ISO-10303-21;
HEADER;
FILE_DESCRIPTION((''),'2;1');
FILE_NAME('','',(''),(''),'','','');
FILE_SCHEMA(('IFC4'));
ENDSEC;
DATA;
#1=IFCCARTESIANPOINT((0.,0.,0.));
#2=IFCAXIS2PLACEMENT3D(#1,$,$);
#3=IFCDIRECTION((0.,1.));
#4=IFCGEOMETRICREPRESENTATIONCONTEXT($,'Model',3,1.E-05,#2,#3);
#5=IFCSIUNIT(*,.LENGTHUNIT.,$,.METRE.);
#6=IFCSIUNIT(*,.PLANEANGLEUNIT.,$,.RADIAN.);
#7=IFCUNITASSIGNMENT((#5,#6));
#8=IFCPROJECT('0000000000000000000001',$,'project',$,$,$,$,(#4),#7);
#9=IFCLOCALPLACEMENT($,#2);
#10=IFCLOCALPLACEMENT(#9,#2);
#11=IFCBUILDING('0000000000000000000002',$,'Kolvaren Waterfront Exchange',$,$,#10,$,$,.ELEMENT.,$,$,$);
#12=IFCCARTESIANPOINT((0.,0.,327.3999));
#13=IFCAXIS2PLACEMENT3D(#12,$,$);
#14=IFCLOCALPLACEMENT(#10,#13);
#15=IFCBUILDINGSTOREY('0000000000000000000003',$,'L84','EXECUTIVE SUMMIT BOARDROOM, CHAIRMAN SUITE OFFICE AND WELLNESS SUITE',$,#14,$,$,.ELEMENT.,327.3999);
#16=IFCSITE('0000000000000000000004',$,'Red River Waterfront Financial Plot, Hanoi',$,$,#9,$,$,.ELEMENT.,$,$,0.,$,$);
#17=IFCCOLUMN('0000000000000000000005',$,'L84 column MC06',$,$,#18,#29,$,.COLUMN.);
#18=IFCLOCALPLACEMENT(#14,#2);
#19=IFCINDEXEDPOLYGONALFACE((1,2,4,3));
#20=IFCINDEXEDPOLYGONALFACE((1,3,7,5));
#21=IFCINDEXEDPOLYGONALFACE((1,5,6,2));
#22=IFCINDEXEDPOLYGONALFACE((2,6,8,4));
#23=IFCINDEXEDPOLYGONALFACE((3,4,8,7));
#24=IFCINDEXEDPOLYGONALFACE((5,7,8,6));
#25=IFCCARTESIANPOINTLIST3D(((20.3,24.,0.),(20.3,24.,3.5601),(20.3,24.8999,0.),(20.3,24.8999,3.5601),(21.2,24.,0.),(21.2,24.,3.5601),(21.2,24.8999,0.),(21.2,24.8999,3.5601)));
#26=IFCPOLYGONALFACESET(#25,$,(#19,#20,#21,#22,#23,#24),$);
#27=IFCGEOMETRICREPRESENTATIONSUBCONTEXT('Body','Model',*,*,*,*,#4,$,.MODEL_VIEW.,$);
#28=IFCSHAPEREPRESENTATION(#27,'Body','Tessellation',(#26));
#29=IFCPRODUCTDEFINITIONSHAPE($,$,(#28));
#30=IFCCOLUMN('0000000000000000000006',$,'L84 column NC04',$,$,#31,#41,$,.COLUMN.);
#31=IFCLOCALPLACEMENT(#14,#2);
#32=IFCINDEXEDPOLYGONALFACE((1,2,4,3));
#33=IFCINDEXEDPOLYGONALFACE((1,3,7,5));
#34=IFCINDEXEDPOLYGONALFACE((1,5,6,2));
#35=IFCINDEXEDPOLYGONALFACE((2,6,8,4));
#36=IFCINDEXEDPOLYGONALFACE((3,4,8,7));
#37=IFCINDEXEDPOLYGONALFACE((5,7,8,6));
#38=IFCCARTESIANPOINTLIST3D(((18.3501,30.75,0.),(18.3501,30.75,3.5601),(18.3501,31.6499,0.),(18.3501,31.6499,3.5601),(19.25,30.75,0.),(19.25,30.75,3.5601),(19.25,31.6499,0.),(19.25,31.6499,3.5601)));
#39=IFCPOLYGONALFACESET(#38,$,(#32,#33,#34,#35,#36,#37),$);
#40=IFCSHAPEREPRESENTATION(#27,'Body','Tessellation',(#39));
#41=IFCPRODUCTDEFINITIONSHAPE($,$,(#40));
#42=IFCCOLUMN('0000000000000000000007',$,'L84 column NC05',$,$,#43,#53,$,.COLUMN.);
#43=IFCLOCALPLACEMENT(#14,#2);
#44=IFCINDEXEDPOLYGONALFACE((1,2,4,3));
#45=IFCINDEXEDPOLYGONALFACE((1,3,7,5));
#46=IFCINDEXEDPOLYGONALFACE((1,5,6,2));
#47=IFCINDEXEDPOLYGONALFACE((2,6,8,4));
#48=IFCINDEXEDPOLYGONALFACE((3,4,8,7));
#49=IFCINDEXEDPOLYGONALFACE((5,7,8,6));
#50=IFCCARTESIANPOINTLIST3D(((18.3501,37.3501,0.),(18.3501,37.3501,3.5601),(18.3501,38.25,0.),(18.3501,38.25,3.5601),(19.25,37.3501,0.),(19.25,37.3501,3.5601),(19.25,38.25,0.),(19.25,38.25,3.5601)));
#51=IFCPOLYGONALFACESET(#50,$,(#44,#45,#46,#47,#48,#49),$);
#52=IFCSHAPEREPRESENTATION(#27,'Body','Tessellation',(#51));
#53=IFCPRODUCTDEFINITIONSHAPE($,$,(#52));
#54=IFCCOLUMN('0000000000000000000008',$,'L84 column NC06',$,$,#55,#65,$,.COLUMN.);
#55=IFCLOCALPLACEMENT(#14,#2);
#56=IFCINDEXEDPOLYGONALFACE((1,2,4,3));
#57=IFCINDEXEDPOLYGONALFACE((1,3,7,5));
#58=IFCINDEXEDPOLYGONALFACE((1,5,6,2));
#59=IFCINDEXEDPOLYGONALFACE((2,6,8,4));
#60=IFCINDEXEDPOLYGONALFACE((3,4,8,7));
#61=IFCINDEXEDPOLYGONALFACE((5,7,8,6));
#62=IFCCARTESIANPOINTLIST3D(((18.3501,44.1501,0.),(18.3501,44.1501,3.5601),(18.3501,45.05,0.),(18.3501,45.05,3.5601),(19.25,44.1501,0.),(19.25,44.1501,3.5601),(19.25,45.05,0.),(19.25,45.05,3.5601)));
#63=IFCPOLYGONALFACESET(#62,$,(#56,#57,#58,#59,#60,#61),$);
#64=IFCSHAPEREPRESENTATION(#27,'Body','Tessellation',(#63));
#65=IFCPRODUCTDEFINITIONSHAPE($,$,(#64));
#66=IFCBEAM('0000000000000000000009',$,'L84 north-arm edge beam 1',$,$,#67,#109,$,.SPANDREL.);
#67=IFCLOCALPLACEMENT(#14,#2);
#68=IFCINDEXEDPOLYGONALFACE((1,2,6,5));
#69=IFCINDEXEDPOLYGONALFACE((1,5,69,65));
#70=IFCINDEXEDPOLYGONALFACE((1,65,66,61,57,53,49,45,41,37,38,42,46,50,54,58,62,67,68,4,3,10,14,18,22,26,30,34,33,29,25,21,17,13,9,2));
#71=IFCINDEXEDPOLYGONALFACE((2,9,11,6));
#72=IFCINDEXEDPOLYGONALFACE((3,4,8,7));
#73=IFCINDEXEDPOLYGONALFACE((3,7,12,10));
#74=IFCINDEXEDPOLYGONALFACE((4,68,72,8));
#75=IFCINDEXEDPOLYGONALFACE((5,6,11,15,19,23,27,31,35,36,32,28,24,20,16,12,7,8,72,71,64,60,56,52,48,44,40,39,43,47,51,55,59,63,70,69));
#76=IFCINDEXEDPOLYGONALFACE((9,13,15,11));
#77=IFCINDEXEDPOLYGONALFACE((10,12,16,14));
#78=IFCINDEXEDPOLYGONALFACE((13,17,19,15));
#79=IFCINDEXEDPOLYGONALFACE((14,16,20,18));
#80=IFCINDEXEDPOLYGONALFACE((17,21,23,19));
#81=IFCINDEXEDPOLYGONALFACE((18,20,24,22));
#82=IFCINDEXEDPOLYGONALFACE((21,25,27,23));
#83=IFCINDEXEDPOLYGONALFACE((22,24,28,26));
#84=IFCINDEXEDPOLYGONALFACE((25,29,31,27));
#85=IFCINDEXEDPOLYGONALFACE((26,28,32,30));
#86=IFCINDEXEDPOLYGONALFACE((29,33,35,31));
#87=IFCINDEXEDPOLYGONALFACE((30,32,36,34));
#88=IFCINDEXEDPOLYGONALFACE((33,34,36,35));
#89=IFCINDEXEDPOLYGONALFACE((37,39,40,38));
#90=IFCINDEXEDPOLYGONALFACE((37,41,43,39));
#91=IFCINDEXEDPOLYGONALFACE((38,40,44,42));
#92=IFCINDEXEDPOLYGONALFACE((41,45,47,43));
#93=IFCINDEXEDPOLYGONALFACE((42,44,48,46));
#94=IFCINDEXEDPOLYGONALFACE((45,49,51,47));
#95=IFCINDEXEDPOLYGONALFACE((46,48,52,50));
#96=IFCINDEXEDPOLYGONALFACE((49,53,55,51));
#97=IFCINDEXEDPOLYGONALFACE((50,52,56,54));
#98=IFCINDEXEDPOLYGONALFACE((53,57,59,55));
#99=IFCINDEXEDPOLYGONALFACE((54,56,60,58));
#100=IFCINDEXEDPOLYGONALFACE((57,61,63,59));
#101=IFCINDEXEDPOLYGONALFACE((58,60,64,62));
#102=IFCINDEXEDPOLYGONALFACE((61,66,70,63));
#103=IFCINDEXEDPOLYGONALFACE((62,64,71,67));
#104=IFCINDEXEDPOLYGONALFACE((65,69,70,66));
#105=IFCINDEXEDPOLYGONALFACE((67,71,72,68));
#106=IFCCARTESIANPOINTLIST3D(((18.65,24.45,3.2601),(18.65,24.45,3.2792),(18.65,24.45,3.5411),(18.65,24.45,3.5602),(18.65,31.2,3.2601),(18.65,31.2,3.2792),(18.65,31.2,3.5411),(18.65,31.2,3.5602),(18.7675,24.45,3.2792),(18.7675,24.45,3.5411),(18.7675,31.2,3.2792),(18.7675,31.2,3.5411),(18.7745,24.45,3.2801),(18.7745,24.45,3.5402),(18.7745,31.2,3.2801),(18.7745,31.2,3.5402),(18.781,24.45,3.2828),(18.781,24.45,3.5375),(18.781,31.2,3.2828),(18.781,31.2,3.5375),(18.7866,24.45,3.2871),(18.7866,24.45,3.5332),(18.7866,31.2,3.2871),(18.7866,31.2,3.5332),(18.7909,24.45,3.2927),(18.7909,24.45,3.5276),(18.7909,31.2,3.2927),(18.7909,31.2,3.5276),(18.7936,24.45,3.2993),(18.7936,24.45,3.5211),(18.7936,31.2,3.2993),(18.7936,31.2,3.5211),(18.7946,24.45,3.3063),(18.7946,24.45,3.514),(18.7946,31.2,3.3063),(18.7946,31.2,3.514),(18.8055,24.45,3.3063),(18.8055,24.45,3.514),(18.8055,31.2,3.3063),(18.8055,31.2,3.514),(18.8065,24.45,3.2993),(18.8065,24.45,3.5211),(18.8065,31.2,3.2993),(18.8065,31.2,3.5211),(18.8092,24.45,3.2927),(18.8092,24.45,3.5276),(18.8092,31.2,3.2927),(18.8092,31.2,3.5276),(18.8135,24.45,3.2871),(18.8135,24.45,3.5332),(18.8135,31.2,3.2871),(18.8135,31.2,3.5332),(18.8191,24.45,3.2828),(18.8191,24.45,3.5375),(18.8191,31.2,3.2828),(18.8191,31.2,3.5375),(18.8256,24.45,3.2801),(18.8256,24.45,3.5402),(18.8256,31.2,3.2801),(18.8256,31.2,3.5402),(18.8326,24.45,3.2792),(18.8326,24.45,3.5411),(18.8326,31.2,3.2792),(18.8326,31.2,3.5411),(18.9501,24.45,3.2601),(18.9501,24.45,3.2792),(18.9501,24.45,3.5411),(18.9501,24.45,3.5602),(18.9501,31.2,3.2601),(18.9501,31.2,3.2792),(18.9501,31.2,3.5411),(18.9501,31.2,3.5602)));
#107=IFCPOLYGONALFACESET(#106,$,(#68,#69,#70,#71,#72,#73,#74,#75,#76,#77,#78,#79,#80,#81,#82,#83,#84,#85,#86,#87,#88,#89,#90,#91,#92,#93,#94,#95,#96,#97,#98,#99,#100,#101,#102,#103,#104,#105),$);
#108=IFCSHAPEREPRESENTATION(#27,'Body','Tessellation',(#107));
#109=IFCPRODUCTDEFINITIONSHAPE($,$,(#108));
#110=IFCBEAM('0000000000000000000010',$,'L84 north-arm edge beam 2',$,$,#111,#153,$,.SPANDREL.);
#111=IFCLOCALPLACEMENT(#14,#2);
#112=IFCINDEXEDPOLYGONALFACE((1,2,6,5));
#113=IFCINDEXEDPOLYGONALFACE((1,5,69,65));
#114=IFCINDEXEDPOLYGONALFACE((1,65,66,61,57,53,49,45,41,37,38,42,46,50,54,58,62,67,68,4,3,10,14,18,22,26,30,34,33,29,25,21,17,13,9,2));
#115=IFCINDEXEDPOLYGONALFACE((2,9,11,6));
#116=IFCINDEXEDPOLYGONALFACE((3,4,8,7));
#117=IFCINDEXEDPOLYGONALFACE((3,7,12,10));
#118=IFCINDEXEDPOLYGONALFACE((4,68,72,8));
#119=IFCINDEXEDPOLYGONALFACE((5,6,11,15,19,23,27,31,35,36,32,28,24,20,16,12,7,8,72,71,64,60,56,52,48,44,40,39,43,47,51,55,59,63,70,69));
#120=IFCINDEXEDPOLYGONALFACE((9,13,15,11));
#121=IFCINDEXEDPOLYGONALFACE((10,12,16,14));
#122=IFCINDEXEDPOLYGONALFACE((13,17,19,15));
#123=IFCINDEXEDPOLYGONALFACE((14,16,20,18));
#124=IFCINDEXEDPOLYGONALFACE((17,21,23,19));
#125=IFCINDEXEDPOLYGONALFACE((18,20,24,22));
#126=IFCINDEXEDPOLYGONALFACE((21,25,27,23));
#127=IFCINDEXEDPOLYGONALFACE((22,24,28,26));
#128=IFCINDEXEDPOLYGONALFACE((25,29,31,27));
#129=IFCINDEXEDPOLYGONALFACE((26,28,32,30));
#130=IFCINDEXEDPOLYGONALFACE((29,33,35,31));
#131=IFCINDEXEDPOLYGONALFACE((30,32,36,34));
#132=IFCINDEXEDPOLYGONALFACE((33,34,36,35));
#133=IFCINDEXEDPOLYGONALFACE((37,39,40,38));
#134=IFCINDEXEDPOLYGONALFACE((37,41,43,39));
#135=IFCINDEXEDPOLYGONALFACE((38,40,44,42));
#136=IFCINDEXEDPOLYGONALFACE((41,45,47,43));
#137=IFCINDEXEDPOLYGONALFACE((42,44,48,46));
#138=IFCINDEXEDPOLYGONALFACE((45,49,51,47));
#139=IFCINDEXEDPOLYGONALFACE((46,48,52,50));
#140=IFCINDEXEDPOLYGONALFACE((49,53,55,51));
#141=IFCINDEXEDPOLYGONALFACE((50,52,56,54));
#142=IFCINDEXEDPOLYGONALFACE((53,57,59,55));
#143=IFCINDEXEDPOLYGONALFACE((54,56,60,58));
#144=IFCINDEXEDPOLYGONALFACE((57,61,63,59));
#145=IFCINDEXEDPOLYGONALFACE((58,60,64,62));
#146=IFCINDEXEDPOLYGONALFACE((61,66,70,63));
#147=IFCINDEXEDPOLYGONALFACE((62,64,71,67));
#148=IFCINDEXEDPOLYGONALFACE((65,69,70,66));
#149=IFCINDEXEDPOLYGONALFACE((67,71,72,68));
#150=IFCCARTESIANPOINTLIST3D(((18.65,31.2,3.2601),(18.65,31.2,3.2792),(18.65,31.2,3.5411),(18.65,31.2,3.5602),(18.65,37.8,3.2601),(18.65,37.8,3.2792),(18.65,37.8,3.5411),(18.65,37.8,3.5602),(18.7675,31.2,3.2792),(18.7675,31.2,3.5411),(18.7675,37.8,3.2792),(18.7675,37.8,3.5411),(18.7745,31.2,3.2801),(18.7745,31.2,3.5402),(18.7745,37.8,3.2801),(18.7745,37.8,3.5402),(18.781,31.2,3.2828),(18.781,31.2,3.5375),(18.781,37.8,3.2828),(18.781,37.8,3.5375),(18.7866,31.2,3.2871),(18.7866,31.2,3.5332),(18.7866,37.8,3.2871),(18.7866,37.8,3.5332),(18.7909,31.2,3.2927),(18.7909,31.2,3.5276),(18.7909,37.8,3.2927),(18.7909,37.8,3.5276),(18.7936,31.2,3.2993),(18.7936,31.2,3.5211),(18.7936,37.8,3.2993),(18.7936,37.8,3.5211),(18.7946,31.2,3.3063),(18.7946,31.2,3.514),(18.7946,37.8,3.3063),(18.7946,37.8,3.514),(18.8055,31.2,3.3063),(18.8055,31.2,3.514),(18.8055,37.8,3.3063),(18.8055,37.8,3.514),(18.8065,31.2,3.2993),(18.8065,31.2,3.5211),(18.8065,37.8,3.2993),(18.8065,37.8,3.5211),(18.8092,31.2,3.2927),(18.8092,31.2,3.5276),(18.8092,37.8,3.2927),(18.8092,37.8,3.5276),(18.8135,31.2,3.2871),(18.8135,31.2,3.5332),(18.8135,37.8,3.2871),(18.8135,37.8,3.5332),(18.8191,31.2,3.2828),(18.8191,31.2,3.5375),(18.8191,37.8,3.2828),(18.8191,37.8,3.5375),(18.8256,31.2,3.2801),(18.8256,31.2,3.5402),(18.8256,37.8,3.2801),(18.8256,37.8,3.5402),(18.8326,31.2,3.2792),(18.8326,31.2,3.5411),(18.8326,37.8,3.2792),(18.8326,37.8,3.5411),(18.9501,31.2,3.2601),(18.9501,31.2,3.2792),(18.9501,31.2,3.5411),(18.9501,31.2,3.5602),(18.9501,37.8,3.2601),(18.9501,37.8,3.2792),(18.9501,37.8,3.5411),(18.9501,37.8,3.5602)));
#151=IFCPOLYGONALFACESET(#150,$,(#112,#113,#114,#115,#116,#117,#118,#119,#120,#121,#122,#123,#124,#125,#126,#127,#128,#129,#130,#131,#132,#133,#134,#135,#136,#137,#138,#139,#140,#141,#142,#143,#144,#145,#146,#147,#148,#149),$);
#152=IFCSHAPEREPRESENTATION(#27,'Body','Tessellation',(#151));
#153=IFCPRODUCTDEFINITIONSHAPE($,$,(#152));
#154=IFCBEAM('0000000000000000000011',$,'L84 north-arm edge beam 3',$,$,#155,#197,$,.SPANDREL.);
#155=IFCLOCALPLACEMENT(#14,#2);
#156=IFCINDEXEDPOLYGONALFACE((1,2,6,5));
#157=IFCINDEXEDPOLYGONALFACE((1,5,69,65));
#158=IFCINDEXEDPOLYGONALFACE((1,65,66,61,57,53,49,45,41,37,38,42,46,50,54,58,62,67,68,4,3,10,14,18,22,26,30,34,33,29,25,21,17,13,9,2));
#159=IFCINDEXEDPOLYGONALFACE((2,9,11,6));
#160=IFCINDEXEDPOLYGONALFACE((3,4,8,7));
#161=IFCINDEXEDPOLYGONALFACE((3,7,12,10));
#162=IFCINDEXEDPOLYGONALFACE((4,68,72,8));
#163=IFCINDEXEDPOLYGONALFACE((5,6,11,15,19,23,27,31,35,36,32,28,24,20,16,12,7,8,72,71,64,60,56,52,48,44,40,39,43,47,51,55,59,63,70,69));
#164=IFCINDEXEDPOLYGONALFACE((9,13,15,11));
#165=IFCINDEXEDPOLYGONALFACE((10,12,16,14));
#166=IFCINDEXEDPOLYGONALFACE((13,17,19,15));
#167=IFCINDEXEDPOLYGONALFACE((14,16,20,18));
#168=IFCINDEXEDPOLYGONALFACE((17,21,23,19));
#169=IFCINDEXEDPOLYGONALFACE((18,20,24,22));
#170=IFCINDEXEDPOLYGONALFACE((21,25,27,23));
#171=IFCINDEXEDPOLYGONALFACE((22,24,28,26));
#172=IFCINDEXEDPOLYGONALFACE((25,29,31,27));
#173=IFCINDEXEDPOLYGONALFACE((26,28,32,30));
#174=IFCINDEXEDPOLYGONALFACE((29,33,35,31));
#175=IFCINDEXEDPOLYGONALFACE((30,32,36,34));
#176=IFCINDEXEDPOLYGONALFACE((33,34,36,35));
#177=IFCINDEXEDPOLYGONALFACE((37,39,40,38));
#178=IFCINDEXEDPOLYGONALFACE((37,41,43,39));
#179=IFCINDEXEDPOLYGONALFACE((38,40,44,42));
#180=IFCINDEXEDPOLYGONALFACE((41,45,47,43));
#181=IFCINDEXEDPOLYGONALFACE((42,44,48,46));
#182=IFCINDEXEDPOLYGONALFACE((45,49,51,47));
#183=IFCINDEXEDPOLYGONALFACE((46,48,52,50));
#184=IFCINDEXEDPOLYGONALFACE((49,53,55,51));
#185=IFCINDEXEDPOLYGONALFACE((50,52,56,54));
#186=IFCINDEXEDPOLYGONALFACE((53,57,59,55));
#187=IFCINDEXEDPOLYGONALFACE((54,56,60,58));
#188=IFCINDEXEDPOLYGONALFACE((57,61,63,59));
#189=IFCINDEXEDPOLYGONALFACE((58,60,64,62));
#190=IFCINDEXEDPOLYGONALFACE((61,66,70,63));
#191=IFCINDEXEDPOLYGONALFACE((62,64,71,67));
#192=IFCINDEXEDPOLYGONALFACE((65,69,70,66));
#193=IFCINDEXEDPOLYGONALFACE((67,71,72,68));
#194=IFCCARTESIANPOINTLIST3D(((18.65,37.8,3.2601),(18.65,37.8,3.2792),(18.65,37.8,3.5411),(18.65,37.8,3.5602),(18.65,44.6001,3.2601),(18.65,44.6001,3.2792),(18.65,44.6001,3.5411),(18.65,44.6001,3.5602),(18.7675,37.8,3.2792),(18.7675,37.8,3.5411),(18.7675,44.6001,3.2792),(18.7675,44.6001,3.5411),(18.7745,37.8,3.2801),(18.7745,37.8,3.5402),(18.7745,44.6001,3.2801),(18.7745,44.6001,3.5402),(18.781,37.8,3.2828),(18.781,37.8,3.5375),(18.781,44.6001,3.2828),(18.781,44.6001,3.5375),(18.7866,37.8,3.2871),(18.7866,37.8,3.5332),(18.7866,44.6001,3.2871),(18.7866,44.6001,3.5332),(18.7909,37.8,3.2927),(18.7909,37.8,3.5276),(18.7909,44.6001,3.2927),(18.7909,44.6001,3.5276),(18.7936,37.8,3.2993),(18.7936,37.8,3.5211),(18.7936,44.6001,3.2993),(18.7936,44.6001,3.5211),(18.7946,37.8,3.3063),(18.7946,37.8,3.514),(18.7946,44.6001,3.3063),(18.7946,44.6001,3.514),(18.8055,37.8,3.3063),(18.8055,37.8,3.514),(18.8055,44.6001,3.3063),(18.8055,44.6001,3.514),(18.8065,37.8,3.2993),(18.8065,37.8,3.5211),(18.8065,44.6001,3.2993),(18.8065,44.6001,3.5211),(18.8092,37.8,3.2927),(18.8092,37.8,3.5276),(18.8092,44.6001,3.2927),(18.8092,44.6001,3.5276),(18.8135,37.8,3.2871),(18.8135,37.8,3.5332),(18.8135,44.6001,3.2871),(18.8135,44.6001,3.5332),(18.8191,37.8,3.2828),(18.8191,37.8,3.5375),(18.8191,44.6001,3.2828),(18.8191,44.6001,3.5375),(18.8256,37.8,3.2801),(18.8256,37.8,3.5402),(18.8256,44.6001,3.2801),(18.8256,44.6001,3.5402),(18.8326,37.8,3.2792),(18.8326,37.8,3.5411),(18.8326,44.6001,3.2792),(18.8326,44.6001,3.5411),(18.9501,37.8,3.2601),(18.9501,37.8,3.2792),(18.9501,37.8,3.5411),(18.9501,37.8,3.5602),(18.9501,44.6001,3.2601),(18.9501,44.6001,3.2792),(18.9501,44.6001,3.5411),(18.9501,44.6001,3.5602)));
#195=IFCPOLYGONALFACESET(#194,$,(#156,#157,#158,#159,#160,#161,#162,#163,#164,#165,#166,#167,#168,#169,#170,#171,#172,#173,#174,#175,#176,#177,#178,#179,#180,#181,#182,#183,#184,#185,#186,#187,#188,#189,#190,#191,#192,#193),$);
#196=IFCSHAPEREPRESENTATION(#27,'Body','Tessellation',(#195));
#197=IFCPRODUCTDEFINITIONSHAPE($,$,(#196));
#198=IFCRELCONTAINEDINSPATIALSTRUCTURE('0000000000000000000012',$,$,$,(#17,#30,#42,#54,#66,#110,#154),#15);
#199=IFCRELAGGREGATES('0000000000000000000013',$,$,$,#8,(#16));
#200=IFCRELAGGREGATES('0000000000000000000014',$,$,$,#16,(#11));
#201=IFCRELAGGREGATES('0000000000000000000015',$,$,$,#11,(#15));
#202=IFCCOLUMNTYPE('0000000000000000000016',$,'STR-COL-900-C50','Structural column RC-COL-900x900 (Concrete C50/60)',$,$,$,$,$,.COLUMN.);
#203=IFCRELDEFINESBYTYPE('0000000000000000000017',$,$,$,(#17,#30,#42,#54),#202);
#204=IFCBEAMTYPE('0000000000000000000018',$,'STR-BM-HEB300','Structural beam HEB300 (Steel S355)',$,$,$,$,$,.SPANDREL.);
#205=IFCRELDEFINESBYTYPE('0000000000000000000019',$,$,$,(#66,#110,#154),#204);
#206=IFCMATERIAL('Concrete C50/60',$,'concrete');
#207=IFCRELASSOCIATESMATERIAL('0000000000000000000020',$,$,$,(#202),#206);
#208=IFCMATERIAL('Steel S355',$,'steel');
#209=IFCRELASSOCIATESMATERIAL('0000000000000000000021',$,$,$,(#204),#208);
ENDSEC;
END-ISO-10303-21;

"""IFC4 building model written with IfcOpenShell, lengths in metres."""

from ifc_helpers import new_model, si_unit, direction, frame, origin, origin_2d, place, context, subcontext, project, spatial, rectangle, i_section, extrude, material, material_profile, profile_set, type_object, element, save


model = new_model("IFC4")

# Units and contexts
model_context = context("Model", 3, precision=1e-05, world=origin(), true_north=direction((0.0, 1.0)))
body_context = subcontext(model_context, "Body", "Model", "MODEL_VIEW")
ifc_project = project(units=[si_unit("LENGTHUNIT", "METRE"), si_unit("PLANEANGLEUNIT", "RADIAN")], contexts=[model_context])

# Site, building, storey
site_placement = place(None, origin())
site = spatial("IfcSite", under=ifc_project, at=site_placement, Name="Red River Waterfront Financial Plot, Hanoi", CompositionType="ELEMENT", RefElevation=0.0)
building_placement = place(site_placement, origin())
building = spatial("IfcBuilding", under=site, at=building_placement, Name="Kolvaren Waterfront Exchange", CompositionType="ELEMENT")
storey_placement = place(building_placement, frame((0.0, 0.0, 327.3999)))
storey = spatial("IfcBuildingStorey", under=building, at=storey_placement, Name="L84", Description="EXECUTIVE SUMMIT BOARDROOM, CHAIRMAN SUITE OFFICE AND WELLNESS SUITE", CompositionType="ELEMENT", Elevation=327.3999)

# Columns
ifc_material_1 = material(Name="Concrete C50/60", Category="concrete")
ifc_material_profile_1 = material_profile(ifc_material_1, rectangle(XDim=0.8999, YDim=0.8999, at=origin_2d()), Name="RC-COL-900x900")
ifc_profile_set_1 = profile_set([ifc_material_profile_1], Name="Concrete C50/60")
column_type = type_object("IfcColumnType", Name="STR-COL-900-C50", Description="Structural column RC-COL-900x900 (Concrete C50/60)", PredefinedType="COLUMN", material=ifc_profile_set_1)
for number, where, z_axis, x_axis, name in (
    (1, (20.75, 24.45, 0.0), (0.0, 0.0, 1.0), (1.0, 0.0, 0.0), "L84 column MC06"),
    (2, (18.8, 31.2, 0.0), (0.0, 0.0, 1.0), (1.0, 0.0, 0.0), "L84 column NC04"),
    (3, (18.8, 37.8, 0.0), (0.0, 0.0, 1.0), (1.0, 0.0, 0.0), "L84 column NC05"),
    (4, (18.8, 44.6001, 0.0), (0.0, 0.0, 1.0), (1.0, 0.0, 0.0), "L84 column NC06"),
):
    element("IfcColumn", number, at=place(storey_placement, frame(where, z_axis=z_axis, x_axis=x_axis)), inside=storey, type_object=column_type, Name=name, PredefinedType="COLUMN", context=body_context, shape_type="SweptSolid", body=[
        extrude(rectangle(XDim=0.8999, YDim=0.8999, at=origin_2d()), origin(), (0.0, 0.0, 1.0), 3.5601),
    ])

# Beams
ifc_material_2 = material(Name="Steel S355", Category="steel")
ifc_material_profile_2 = material_profile(ifc_material_2, i_section(OverallWidth=0.3, OverallDepth=0.3, WebThickness=0.011, FlangeThickness=0.019, FilletRadius=0.0271, at=origin_2d()), Name="HEB300")
ifc_profile_set_2 = profile_set([ifc_material_profile_2], Name="Steel S355")
beam_type = type_object("IfcBeamType", Name="STR-BM-HEB300", Description="Structural beam HEB300 (Steel S355)", PredefinedType="SPANDREL", material=ifc_profile_set_2)
beam_1_placement = place(storey_placement, frame((18.8, 24.45, 3.4102), z_axis=(0.0, 1.0, 0.0), x_axis=(-1.0, 0.0, 0.0)))
element("IfcBeam", 5, at=beam_1_placement, inside=storey, type_object=beam_type, Name="L84 north-arm edge beam 1", PredefinedType="SPANDREL", context=body_context, shape_type="SweptSolid", body=[
    extrude(i_section(OverallWidth=0.3, OverallDepth=0.3, WebThickness=0.011, FlangeThickness=0.019, FilletRadius=0.0271, at=origin_2d()), origin(), (0.0, 0.0, 1.0), 6.75),
])
beam_2_placement = place(storey_placement, frame((18.8, 31.2, 3.4102), z_axis=(0.0, 1.0, 0.0), x_axis=(-1.0, 0.0, 0.0)))
element("IfcBeam", 6, at=beam_2_placement, inside=storey, type_object=beam_type, Name="L84 north-arm edge beam 2", PredefinedType="SPANDREL", context=body_context, shape_type="SweptSolid", body=[
    extrude(i_section(OverallWidth=0.3, OverallDepth=0.3, WebThickness=0.011, FlangeThickness=0.019, FilletRadius=0.0271, at=origin_2d()), origin(), (0.0, 0.0, 1.0), 6.6001),
])
beam_3_placement = place(storey_placement, frame((18.8, 37.8, 3.4102), z_axis=(0.0, 1.0, 0.0), x_axis=(-1.0, 0.0, 0.0)))
element("IfcBeam", 7, at=beam_3_placement, inside=storey, type_object=beam_type, Name="L84 north-arm edge beam 3", PredefinedType="SPANDREL", context=body_context, shape_type="SweptSolid", body=[
    extrude(i_section(OverallWidth=0.3, OverallDepth=0.3, WebThickness=0.011, FlangeThickness=0.019, FilletRadius=0.0271, at=origin_2d()), origin(), (0.0, 0.0, 1.0), 6.8),
])

save(model, "model.ifc")
